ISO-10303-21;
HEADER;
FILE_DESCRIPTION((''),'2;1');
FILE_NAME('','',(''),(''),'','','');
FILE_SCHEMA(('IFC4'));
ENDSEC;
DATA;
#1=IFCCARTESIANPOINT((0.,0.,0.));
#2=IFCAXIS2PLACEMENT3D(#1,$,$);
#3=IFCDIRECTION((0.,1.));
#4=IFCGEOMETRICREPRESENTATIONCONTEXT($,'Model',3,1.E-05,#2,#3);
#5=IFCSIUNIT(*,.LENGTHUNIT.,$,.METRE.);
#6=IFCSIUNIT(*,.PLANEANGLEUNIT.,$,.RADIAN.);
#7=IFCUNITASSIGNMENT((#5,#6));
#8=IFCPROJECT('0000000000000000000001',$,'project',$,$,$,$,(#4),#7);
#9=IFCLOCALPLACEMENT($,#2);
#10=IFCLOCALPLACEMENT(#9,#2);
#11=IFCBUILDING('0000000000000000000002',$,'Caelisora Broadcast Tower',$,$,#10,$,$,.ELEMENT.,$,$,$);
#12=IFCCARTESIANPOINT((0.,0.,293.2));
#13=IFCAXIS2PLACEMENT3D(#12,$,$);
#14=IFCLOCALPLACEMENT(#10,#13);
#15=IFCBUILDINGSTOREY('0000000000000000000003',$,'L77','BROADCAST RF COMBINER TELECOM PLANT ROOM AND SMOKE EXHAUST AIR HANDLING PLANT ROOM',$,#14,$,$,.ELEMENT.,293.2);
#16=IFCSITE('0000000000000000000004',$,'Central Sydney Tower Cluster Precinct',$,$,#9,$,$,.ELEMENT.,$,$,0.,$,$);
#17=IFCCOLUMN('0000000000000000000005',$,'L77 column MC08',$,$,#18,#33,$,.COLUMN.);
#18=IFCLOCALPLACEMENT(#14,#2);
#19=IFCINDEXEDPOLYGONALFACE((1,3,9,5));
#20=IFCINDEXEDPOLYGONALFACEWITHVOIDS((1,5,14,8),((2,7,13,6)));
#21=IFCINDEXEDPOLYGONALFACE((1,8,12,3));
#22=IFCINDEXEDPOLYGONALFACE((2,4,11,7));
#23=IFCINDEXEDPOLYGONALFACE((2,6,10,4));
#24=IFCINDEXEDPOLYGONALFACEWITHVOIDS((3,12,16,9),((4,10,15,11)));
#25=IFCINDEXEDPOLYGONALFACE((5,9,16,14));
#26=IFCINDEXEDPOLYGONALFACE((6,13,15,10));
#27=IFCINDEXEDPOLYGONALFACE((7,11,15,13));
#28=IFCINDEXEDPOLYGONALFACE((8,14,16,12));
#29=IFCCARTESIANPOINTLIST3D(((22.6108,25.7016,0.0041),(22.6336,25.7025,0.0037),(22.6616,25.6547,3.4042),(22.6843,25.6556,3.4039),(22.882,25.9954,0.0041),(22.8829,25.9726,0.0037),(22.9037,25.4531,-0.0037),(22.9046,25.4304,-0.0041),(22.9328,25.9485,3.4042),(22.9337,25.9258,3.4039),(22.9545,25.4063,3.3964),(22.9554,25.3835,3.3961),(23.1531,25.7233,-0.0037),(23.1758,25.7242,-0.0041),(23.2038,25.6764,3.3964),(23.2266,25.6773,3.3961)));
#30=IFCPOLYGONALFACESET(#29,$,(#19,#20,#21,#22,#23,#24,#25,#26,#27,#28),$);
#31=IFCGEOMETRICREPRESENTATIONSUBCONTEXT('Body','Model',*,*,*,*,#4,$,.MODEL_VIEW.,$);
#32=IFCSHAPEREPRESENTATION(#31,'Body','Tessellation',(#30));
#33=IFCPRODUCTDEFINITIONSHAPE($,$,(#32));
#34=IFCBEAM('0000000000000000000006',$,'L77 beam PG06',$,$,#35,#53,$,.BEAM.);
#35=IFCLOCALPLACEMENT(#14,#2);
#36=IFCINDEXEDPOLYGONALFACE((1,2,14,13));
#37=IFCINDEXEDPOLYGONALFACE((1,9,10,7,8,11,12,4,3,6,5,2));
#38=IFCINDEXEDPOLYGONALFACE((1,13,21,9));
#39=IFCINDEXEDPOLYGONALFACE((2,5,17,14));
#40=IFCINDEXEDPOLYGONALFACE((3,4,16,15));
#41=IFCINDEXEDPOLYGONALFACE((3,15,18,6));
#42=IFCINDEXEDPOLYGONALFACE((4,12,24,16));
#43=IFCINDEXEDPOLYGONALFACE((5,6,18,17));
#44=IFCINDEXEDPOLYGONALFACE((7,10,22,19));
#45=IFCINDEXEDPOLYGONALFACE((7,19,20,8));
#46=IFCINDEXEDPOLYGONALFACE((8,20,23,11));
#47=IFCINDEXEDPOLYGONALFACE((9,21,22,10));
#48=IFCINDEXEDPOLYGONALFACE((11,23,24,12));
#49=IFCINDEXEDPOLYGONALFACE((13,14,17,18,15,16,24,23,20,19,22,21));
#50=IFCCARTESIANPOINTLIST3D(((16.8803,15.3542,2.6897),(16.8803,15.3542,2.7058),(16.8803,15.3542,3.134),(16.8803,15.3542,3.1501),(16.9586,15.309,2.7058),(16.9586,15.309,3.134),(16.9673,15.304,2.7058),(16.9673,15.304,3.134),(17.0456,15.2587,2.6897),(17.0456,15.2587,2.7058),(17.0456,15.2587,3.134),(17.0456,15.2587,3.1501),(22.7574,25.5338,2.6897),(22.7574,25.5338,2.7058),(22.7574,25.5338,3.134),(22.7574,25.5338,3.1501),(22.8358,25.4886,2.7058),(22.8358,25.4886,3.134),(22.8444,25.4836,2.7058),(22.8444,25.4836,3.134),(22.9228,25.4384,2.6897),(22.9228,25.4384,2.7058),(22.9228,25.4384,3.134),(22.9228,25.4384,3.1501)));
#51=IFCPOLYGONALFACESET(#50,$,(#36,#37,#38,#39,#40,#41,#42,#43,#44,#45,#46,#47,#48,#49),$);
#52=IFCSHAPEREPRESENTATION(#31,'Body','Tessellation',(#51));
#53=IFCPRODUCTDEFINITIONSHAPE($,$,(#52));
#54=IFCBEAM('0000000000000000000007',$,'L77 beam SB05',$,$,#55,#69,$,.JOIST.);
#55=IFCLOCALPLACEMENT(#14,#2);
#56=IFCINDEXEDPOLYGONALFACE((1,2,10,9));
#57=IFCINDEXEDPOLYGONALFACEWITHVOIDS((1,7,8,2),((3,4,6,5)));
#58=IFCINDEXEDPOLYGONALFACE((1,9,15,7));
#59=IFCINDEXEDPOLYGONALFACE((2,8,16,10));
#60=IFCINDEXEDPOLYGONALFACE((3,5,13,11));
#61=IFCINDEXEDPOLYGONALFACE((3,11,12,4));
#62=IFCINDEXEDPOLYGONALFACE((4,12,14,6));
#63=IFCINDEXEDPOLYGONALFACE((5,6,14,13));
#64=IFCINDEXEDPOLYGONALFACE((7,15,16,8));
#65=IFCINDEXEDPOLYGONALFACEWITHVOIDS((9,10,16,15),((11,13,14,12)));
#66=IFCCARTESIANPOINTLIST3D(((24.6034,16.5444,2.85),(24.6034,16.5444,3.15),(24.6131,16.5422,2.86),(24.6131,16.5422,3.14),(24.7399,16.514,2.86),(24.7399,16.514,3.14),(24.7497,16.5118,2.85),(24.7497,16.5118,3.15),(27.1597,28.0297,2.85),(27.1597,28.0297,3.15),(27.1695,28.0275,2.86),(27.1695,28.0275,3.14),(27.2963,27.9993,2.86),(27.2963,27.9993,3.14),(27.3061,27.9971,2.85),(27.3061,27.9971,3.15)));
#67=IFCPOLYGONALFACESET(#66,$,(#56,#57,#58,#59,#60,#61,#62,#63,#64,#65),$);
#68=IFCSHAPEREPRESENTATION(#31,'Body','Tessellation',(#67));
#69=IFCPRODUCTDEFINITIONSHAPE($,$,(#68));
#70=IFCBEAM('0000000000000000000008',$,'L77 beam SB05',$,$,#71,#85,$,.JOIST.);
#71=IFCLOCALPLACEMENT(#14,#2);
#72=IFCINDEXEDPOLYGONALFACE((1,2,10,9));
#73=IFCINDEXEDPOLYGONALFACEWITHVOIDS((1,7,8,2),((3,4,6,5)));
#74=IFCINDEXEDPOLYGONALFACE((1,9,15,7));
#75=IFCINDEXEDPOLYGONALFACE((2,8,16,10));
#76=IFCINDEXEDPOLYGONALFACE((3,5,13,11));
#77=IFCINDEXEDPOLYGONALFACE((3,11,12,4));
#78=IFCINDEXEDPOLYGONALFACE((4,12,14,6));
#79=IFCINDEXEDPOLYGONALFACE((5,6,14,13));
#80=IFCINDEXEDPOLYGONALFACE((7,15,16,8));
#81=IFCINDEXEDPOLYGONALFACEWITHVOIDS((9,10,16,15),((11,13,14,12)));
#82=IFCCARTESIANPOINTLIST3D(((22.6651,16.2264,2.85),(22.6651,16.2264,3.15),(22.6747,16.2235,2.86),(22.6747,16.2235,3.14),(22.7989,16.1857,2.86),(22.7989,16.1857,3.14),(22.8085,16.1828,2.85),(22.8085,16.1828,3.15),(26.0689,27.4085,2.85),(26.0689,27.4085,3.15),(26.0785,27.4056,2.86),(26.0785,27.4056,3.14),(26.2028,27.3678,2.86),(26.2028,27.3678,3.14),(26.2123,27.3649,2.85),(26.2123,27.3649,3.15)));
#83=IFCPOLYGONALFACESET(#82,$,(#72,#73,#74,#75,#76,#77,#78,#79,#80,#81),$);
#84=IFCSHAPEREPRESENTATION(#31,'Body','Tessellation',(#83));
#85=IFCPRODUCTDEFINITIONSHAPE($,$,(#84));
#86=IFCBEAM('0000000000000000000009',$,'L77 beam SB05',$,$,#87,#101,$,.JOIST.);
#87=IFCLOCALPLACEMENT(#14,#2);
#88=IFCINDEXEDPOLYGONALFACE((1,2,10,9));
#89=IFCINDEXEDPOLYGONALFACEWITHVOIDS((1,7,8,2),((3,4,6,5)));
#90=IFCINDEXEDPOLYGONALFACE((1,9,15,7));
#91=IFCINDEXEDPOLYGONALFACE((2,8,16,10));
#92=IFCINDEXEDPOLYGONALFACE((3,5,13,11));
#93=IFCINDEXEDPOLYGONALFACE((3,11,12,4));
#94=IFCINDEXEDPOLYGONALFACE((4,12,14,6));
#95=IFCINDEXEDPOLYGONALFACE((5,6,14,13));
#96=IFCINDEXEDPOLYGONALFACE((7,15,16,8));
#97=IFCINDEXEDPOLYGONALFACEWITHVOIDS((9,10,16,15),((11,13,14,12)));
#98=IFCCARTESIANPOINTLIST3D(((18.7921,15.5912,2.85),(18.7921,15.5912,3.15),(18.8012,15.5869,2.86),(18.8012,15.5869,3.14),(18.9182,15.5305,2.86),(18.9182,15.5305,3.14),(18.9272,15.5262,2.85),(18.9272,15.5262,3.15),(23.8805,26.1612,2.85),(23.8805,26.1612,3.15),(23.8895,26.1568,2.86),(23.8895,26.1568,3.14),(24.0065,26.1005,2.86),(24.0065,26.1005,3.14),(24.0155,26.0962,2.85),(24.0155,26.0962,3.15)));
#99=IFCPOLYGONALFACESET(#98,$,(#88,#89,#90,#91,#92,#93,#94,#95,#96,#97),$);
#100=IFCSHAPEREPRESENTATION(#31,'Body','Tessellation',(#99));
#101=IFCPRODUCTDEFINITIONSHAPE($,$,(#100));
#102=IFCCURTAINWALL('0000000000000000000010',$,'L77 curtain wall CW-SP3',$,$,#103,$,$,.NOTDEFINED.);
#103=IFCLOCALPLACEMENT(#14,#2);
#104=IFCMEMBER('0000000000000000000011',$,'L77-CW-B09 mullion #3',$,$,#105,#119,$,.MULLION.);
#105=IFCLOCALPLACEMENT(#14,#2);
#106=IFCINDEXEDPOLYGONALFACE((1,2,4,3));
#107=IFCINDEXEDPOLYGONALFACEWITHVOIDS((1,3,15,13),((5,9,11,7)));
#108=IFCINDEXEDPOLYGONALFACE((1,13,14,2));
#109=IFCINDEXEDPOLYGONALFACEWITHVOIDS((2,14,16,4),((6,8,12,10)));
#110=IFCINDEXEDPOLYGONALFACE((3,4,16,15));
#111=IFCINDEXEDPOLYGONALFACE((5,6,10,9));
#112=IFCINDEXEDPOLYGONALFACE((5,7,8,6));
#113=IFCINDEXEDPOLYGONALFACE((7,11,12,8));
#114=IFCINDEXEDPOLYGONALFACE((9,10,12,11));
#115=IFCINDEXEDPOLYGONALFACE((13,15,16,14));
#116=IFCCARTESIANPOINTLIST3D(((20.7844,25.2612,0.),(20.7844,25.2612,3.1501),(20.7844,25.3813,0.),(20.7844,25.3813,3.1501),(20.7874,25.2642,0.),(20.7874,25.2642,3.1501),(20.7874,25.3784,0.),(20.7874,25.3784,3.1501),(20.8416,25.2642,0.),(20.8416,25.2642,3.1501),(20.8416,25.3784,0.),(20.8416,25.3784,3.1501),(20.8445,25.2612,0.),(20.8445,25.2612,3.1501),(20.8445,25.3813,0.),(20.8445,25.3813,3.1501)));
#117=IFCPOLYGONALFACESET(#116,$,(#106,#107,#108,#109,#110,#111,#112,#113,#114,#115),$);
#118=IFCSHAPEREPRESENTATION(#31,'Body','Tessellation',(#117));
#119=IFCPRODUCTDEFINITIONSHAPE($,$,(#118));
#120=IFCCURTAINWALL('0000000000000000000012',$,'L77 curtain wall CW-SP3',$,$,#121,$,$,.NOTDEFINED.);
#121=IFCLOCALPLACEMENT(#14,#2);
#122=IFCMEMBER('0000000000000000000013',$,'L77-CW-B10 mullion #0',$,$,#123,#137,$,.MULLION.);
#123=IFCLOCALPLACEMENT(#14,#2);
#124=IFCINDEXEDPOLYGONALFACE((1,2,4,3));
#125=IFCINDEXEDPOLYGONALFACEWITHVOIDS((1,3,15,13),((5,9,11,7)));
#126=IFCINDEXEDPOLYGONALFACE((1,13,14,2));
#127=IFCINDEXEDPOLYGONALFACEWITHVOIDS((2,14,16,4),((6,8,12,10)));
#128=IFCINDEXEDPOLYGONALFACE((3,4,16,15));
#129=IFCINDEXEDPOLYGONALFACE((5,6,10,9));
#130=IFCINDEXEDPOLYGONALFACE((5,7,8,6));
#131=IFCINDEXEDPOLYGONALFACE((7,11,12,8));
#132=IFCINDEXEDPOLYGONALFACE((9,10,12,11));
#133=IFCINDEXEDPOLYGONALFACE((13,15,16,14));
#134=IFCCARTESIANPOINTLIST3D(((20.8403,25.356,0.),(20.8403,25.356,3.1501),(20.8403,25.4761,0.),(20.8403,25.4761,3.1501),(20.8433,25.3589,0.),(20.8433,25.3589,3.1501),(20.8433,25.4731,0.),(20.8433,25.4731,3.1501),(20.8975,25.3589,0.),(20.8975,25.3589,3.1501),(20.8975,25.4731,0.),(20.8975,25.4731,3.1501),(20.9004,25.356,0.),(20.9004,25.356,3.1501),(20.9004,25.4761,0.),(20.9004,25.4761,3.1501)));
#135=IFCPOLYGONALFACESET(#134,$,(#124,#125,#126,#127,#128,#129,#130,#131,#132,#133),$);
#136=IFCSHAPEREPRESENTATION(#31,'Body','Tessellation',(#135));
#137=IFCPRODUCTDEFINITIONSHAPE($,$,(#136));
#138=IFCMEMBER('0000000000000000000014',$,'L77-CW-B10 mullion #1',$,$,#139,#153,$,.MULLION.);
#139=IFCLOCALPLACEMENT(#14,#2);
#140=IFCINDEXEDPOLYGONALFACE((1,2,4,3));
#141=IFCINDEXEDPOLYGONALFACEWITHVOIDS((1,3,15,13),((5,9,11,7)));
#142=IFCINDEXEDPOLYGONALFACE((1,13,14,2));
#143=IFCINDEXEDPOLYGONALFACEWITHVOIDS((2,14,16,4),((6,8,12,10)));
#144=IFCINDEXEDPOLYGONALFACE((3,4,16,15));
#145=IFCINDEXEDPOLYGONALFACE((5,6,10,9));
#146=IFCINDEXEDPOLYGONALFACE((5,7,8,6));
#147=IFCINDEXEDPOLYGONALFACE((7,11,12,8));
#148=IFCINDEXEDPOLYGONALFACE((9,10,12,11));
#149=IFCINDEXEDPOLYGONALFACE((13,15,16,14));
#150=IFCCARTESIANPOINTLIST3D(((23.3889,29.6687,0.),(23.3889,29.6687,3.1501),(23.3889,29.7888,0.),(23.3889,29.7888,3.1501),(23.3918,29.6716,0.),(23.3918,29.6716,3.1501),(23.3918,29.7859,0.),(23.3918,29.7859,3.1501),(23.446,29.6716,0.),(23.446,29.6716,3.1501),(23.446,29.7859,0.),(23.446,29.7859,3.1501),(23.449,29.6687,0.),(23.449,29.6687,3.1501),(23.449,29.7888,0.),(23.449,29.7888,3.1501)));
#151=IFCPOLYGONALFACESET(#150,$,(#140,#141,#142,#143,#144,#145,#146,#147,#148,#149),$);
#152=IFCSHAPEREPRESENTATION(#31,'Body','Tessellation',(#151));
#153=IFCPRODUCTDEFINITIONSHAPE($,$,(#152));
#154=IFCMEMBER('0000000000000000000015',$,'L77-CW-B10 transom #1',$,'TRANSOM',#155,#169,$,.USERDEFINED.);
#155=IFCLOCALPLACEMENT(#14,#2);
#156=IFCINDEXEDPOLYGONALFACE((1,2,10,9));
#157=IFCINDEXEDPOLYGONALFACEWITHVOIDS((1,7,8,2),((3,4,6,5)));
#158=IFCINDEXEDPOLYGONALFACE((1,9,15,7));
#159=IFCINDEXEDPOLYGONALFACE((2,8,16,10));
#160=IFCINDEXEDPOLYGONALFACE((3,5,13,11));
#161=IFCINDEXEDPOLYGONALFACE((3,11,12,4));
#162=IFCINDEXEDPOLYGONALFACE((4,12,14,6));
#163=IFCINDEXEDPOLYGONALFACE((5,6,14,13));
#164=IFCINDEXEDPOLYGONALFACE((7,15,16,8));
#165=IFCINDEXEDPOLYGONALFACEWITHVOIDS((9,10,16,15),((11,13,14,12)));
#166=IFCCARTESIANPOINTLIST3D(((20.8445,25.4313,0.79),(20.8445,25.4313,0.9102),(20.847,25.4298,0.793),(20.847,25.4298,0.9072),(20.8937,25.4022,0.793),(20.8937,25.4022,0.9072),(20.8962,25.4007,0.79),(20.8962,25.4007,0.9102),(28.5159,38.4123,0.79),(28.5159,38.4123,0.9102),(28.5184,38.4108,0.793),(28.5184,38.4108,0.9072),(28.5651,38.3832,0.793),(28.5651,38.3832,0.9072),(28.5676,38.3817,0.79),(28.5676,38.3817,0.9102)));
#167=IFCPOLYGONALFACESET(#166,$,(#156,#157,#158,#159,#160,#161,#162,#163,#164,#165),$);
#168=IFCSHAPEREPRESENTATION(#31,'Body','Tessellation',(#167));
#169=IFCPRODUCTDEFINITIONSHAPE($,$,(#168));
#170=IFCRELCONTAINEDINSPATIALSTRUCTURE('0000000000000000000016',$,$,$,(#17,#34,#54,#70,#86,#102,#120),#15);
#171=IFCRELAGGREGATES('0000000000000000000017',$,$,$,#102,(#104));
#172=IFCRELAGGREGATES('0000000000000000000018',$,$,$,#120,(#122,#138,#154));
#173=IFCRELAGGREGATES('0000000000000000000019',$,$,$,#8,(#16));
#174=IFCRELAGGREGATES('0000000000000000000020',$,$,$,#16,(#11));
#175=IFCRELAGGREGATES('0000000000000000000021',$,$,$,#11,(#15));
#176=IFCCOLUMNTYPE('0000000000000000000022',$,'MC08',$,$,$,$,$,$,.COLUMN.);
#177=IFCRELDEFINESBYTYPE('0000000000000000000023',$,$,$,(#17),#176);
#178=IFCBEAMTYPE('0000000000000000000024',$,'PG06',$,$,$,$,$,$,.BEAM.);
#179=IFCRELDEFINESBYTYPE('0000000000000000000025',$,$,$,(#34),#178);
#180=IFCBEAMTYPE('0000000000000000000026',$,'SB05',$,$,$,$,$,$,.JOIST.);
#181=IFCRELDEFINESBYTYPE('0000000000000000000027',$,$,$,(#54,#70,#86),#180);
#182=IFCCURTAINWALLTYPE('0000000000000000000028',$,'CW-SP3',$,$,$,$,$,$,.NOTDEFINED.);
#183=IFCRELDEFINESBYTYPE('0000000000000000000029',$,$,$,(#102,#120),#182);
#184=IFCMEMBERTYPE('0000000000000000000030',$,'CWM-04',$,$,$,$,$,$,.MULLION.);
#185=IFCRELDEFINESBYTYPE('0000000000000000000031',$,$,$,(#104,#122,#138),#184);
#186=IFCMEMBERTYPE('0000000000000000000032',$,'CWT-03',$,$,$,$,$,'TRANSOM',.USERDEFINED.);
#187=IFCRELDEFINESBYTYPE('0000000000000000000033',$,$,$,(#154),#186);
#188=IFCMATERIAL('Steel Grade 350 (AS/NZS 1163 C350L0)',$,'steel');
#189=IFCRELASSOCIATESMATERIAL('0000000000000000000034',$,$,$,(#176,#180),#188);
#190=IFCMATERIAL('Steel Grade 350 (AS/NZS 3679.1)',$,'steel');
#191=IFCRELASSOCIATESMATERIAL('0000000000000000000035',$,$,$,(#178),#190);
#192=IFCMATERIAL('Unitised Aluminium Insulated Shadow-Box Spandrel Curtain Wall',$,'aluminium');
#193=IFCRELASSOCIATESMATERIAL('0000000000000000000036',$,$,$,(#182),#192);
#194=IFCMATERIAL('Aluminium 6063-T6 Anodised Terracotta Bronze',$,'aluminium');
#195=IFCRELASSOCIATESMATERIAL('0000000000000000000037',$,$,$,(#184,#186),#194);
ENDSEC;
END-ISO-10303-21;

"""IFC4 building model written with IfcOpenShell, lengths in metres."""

from ifc_helpers import new_model, si_unit, direction, frame, origin, origin_2d, place, context, subcontext, project, spatial, hollow_rectangle, i_section, extrude, source, transform, mapped, material, material_profile, profile_set, type_object, type_shapes, element, aggregate, save


model = new_model("IFC4")

# Units and contexts
model_context = context("Model", 3, precision=1e-05, world=origin(), true_north=direction((0.0, 1.0)))
body_context = subcontext(model_context, "Body", "Model", "MODEL_VIEW")
ifc_project = project(units=[si_unit("LENGTHUNIT", "METRE"), si_unit("PLANEANGLEUNIT", "RADIAN")], contexts=[model_context])

# Site, building, storey
site_placement = place(None, origin())
site = spatial("IfcSite", under=ifc_project, at=site_placement, Name="Central Sydney Tower Cluster Precinct", CompositionType="ELEMENT", RefElevation=0.0)
building_placement = place(site_placement, origin())
building = spatial("IfcBuilding", under=site, at=building_placement, Name="Caelisora Broadcast Tower", CompositionType="ELEMENT")
storey_placement = place(building_placement, frame((0.0, 0.0, 293.2)))
storey = spatial("IfcBuildingStorey", under=building, at=storey_placement, Name="L77", Description="BROADCAST RF COMBINER TELECOM PLANT ROOM AND SMOKE EXHAUST AIR HANDLING PLANT ROOM", CompositionType="ELEMENT", Elevation=293.2)

# Column
ifc_material_1 = material(Name="Steel Grade 350 (AS/NZS 1163 C350L0)", Category="steel")
ifc_material_profile_1 = material_profile(ifc_material_1, hollow_rectangle(XDim=0.3999, YDim=0.3999, WallThickness=0.0161, at=origin_2d()), Name="Steel Grade 350 (AS/NZS 1163 C350L0)")
ifc_profile_set_1 = profile_set([ifc_material_profile_1], Name="Steel Grade 350 (AS/NZS 1163 C350L0)")
column_type = type_object("IfcColumnType", Name="MC08", PredefinedType="COLUMN", material=ifc_profile_set_1)
shared_shape_1 = source(origin(), body_context, "Body", "SweptSolid", [
    extrude(hollow_rectangle(XDim=0.3999, YDim=0.3999, WallThickness=0.0161, at=origin_2d()), origin(), (0.0, 0.0, 1.0), 3.4009),
])
type_shapes(column_type, [shared_shape_1])
column_placement = place(storey_placement, frame((22.8933, 25.7129, 0.0), z_axis=(0.014932, -0.013783, 0.999794), x_axis=(0.67828, 0.734803, 0.0)))
element("IfcColumn", 1, at=column_placement, inside=storey, type_object=column_type, Name="L77 column MC08", PredefinedType="COLUMN", context=body_context, shape_type="MappedRepresentation", body=[
    mapped(shared_shape_1, transform((0.0, 0.0, 0.0), scale=1.0)),
])

# Beams
ifc_material_2 = material(Name="Steel Grade 350 (AS/NZS 3679.1)", Category="steel")
ifc_material_profile_2 = material_profile(ifc_material_2, i_section(OverallWidth=0.1909, OverallDepth=0.4604, WebThickness=0.01, FlangeThickness=0.0161, at=origin_2d()), Name="Steel Grade 350 (AS/NZS 3679.1)")
ifc_profile_set_2 = profile_set([ifc_material_profile_2], Name="Steel Grade 350 (AS/NZS 3679.1)")
beam_type_1 = type_object("IfcBeamType", Name="PG06", PredefinedType="BEAM", material=ifc_profile_set_2)
shared_shape_2 = source(origin(), body_context, "Body", "SweptSolid", [
    extrude(i_section(OverallWidth=0.1909, OverallDepth=0.4604, WebThickness=0.01, FlangeThickness=0.0161, at=origin_2d()), origin(), (0.0, 0.0, 1.0), 11.7544),
])
type_shapes(beam_type_1, [shared_shape_2])
beam_1_placement = place(storey_placement, frame((22.8401, 25.4861, 2.9199), z_axis=(-0.499997, -0.866027, 0.0), x_axis=(0.866027, -0.499997, 0.0)))
element("IfcBeam", 2, at=beam_1_placement, inside=storey, type_object=beam_type_1, Name="L77 beam PG06", PredefinedType="BEAM", context=body_context, shape_type="MappedRepresentation", body=[
    mapped(shared_shape_2, transform((0.0, 0.0, 0.0), scale=1.0)),
])
ifc_material_profile_3 = material_profile(ifc_material_1, hollow_rectangle(XDim=0.1499, YDim=0.3, WallThickness=0.01, at=origin_2d()), Name="Steel Grade 350 (AS/NZS 1163 C350L0)")
ifc_profile_set_3 = profile_set([ifc_material_profile_3], Name="Steel Grade 350 (AS/NZS 1163 C350L0)")
beam_type_2 = type_object("IfcBeamType", Name="SB05", PredefinedType="JOIST", material=ifc_profile_set_3)
shared_shape_3 = source(origin(), body_context, "Body", "SweptSolid", [
    extrude(hollow_rectangle(XDim=0.1499, YDim=0.3, WallThickness=0.01, at=origin_2d()), origin(), (0.0, 0.0, 1.0), 11.7664),
])
beam_2_placement = place(storey_placement, frame((27.2329, 28.0134, 3.0), z_axis=(-0.217262, -0.976113, 0.0), x_axis=(0.976113, -0.217262, 0.0)))
element("IfcBeam", 3, at=beam_2_placement, inside=storey, type_object=beam_type_2, Name="L77 beam SB05", PredefinedType="JOIST", context=body_context, shape_type="MappedRepresentation", body=[
    mapped(shared_shape_3, transform((0.0, 0.0, 0.0), scale=1.0)),
])
shared_shape_4 = source(origin(), body_context, "Body", "SweptSolid", [
    extrude(hollow_rectangle(XDim=0.1499, YDim=0.3, WallThickness=0.01, at=origin_2d()), origin(), (0.0, 0.0, 1.0), 11.6887),
])
beam_3_placement = place(storey_placement, frame((26.1406, 27.3867, 3.0), z_axis=(-0.291205, -0.956661, 0.0), x_axis=(0.956661, -0.291205, 0.0)))
element("IfcBeam", 4, at=beam_3_placement, inside=storey, type_object=beam_type_2, Name="L77 beam SB05", PredefinedType="JOIST", context=body_context, shape_type="MappedRepresentation", body=[
    mapped(shared_shape_4, transform((0.0, 0.0, 0.0), scale=1.0)),
])
shared_shape_5 = source(origin(), body_context, "Body", "SweptSolid", [
    extrude(hollow_rectangle(XDim=0.1499, YDim=0.3, WallThickness=0.01, at=origin_2d()), origin(), (0.0, 0.0, 1.0), 11.731),
])
type_shapes(beam_type_2, [shared_shape_3, shared_shape_4, shared_shape_5])
beam_4_placement = place(storey_placement, frame((23.948, 26.1287, 3.0), z_axis=(-0.433752, -0.901032, 0.0), x_axis=(0.901032, -0.433752, 0.0)))
element("IfcBeam", 5, at=beam_4_placement, inside=storey, type_object=beam_type_2, Name="L77 beam SB05", PredefinedType="JOIST", context=body_context, shape_type="MappedRepresentation", body=[
    mapped(shared_shape_5, transform((0.0, 0.0, 0.0), scale=1.0)),
])

# Curtain wall, member
ifc_material_3 = material(Name="Unitised Aluminium Insulated Shadow-Box Spandrel Curtain Wall", Category="aluminium")
curtain_wall_type = type_object("IfcCurtainWallType", Name="CW-SP3", PredefinedType="NOTDEFINED", material=ifc_material_3)
curtain_wall_1_placement = place(storey_placement, origin())
curtain_wall_1 = element("IfcCurtainWall", 6, at=curtain_wall_1_placement, inside=storey, type_object=curtain_wall_type, Name="L77 curtain wall CW-SP3", PredefinedType="NOTDEFINED")
ifc_material_4 = material(Name="Aluminium 6063-T6 Anodised Terracotta Bronze", Category="aluminium")
ifc_material_profile_4 = material_profile(ifc_material_4, hollow_rectangle(XDim=0.0601, YDim=0.1201, WallThickness=0.0029, at=origin_2d()), Name="Aluminium 6063-T6 Anodised Terracotta Bronze")
ifc_profile_set_4 = profile_set([ifc_material_profile_4], Name="Aluminium 6063-T6 Anodised Terracotta Bronze")
member_type_1 = type_object("IfcMemberType", Name="CWM-04", PredefinedType="MULLION", material=ifc_profile_set_4)
shared_shape_6 = source(origin(), body_context, "Body", "SweptSolid", [
    extrude(hollow_rectangle(XDim=0.0601, YDim=0.1201, WallThickness=0.0029, at=origin_2d()), origin(), (0.0, 0.0, 1.0), 3.1501),
])
type_shapes(member_type_1, [shared_shape_6])
member_1_placement = place(storey_placement, frame((20.8145, 25.3213, 0.0), z_axis=(0.0, 0.0, 1.0), x_axis=(1.0, 0.0, 0.0)))
member_1 = element("IfcMember", 7, at=member_1_placement, type_object=member_type_1, Name="L77-CW-B09 mullion #3", PredefinedType="MULLION", context=body_context, shape_type="MappedRepresentation", body=[
    mapped(shared_shape_6, transform((0.0, 0.0, 0.0), scale=1.0)),
])

# Curtain wall, members
curtain_wall_2_placement = place(storey_placement, origin())
curtain_wall_2 = element("IfcCurtainWall", 8, at=curtain_wall_2_placement, inside=storey, type_object=curtain_wall_type, Name="L77 curtain wall CW-SP3", PredefinedType="NOTDEFINED")
member_2_placement = place(storey_placement, frame((20.8704, 25.416, 0.0), z_axis=(0.0, 0.0, 1.0), x_axis=(1.0, 0.0, 0.0)))
member_2 = element("IfcMember", 9, at=member_2_placement, type_object=member_type_1, Name="L77-CW-B10 mullion #0", PredefinedType="MULLION", context=body_context, shape_type="MappedRepresentation", body=[
    mapped(shared_shape_6, transform((0.0, 0.0, 0.0), scale=1.0)),
])
member_3_placement = place(storey_placement, frame((23.4189, 29.7288, 0.0), z_axis=(0.0, 0.0, 1.0), x_axis=(1.0, 0.0, 0.0)))
member_3 = element("IfcMember", 10, at=member_3_placement, type_object=member_type_1, Name="L77-CW-B10 mullion #1", PredefinedType="MULLION", context=body_context, shape_type="MappedRepresentation", body=[
    mapped(shared_shape_6, transform((0.0, 0.0, 0.0), scale=1.0)),
])
ifc_material_profile_5 = material_profile(ifc_material_4, hollow_rectangle(XDim=0.0601, YDim=0.1201, WallThickness=0.0029, at=origin_2d()), Name="Aluminium 6063-T6 Anodised Terracotta Bronze")
ifc_profile_set_5 = profile_set([ifc_material_profile_5], Name="Aluminium 6063-T6 Anodised Terracotta Bronze")
member_type_2 = type_object("IfcMemberType", Name="CWT-03", ElementType="TRANSOM", PredefinedType="USERDEFINED", material=ifc_profile_set_5)
shared_shape_7 = source(origin(), body_context, "Body", "SweptSolid", [
    extrude(hollow_rectangle(XDim=0.0601, YDim=0.1201, WallThickness=0.0029, at=origin_2d()), origin(), (0.0, 0.0, 1.0), 15.0784),
])
type_shapes(member_type_2, [shared_shape_7])
member_4_placement = place(storey_placement, frame((20.8704, 25.416, 0.8501), z_axis=(0.50877, 0.860903, 0.0), x_axis=(-0.860903, 0.50877, 0.0)))
member_4 = element("IfcMember", 11, at=member_4_placement, type_object=member_type_2, Name="L77-CW-B10 transom #1", ObjectType="TRANSOM", PredefinedType="USERDEFINED", context=body_context, shape_type="MappedRepresentation", body=[
    mapped(shared_shape_7, transform((0.0, 0.0, 0.0), scale=1.0)),
])

aggregate(curtain_wall_1, [member_1])
aggregate(curtain_wall_2, [member_2, member_3, member_4])

save(model, "model.ifc")
